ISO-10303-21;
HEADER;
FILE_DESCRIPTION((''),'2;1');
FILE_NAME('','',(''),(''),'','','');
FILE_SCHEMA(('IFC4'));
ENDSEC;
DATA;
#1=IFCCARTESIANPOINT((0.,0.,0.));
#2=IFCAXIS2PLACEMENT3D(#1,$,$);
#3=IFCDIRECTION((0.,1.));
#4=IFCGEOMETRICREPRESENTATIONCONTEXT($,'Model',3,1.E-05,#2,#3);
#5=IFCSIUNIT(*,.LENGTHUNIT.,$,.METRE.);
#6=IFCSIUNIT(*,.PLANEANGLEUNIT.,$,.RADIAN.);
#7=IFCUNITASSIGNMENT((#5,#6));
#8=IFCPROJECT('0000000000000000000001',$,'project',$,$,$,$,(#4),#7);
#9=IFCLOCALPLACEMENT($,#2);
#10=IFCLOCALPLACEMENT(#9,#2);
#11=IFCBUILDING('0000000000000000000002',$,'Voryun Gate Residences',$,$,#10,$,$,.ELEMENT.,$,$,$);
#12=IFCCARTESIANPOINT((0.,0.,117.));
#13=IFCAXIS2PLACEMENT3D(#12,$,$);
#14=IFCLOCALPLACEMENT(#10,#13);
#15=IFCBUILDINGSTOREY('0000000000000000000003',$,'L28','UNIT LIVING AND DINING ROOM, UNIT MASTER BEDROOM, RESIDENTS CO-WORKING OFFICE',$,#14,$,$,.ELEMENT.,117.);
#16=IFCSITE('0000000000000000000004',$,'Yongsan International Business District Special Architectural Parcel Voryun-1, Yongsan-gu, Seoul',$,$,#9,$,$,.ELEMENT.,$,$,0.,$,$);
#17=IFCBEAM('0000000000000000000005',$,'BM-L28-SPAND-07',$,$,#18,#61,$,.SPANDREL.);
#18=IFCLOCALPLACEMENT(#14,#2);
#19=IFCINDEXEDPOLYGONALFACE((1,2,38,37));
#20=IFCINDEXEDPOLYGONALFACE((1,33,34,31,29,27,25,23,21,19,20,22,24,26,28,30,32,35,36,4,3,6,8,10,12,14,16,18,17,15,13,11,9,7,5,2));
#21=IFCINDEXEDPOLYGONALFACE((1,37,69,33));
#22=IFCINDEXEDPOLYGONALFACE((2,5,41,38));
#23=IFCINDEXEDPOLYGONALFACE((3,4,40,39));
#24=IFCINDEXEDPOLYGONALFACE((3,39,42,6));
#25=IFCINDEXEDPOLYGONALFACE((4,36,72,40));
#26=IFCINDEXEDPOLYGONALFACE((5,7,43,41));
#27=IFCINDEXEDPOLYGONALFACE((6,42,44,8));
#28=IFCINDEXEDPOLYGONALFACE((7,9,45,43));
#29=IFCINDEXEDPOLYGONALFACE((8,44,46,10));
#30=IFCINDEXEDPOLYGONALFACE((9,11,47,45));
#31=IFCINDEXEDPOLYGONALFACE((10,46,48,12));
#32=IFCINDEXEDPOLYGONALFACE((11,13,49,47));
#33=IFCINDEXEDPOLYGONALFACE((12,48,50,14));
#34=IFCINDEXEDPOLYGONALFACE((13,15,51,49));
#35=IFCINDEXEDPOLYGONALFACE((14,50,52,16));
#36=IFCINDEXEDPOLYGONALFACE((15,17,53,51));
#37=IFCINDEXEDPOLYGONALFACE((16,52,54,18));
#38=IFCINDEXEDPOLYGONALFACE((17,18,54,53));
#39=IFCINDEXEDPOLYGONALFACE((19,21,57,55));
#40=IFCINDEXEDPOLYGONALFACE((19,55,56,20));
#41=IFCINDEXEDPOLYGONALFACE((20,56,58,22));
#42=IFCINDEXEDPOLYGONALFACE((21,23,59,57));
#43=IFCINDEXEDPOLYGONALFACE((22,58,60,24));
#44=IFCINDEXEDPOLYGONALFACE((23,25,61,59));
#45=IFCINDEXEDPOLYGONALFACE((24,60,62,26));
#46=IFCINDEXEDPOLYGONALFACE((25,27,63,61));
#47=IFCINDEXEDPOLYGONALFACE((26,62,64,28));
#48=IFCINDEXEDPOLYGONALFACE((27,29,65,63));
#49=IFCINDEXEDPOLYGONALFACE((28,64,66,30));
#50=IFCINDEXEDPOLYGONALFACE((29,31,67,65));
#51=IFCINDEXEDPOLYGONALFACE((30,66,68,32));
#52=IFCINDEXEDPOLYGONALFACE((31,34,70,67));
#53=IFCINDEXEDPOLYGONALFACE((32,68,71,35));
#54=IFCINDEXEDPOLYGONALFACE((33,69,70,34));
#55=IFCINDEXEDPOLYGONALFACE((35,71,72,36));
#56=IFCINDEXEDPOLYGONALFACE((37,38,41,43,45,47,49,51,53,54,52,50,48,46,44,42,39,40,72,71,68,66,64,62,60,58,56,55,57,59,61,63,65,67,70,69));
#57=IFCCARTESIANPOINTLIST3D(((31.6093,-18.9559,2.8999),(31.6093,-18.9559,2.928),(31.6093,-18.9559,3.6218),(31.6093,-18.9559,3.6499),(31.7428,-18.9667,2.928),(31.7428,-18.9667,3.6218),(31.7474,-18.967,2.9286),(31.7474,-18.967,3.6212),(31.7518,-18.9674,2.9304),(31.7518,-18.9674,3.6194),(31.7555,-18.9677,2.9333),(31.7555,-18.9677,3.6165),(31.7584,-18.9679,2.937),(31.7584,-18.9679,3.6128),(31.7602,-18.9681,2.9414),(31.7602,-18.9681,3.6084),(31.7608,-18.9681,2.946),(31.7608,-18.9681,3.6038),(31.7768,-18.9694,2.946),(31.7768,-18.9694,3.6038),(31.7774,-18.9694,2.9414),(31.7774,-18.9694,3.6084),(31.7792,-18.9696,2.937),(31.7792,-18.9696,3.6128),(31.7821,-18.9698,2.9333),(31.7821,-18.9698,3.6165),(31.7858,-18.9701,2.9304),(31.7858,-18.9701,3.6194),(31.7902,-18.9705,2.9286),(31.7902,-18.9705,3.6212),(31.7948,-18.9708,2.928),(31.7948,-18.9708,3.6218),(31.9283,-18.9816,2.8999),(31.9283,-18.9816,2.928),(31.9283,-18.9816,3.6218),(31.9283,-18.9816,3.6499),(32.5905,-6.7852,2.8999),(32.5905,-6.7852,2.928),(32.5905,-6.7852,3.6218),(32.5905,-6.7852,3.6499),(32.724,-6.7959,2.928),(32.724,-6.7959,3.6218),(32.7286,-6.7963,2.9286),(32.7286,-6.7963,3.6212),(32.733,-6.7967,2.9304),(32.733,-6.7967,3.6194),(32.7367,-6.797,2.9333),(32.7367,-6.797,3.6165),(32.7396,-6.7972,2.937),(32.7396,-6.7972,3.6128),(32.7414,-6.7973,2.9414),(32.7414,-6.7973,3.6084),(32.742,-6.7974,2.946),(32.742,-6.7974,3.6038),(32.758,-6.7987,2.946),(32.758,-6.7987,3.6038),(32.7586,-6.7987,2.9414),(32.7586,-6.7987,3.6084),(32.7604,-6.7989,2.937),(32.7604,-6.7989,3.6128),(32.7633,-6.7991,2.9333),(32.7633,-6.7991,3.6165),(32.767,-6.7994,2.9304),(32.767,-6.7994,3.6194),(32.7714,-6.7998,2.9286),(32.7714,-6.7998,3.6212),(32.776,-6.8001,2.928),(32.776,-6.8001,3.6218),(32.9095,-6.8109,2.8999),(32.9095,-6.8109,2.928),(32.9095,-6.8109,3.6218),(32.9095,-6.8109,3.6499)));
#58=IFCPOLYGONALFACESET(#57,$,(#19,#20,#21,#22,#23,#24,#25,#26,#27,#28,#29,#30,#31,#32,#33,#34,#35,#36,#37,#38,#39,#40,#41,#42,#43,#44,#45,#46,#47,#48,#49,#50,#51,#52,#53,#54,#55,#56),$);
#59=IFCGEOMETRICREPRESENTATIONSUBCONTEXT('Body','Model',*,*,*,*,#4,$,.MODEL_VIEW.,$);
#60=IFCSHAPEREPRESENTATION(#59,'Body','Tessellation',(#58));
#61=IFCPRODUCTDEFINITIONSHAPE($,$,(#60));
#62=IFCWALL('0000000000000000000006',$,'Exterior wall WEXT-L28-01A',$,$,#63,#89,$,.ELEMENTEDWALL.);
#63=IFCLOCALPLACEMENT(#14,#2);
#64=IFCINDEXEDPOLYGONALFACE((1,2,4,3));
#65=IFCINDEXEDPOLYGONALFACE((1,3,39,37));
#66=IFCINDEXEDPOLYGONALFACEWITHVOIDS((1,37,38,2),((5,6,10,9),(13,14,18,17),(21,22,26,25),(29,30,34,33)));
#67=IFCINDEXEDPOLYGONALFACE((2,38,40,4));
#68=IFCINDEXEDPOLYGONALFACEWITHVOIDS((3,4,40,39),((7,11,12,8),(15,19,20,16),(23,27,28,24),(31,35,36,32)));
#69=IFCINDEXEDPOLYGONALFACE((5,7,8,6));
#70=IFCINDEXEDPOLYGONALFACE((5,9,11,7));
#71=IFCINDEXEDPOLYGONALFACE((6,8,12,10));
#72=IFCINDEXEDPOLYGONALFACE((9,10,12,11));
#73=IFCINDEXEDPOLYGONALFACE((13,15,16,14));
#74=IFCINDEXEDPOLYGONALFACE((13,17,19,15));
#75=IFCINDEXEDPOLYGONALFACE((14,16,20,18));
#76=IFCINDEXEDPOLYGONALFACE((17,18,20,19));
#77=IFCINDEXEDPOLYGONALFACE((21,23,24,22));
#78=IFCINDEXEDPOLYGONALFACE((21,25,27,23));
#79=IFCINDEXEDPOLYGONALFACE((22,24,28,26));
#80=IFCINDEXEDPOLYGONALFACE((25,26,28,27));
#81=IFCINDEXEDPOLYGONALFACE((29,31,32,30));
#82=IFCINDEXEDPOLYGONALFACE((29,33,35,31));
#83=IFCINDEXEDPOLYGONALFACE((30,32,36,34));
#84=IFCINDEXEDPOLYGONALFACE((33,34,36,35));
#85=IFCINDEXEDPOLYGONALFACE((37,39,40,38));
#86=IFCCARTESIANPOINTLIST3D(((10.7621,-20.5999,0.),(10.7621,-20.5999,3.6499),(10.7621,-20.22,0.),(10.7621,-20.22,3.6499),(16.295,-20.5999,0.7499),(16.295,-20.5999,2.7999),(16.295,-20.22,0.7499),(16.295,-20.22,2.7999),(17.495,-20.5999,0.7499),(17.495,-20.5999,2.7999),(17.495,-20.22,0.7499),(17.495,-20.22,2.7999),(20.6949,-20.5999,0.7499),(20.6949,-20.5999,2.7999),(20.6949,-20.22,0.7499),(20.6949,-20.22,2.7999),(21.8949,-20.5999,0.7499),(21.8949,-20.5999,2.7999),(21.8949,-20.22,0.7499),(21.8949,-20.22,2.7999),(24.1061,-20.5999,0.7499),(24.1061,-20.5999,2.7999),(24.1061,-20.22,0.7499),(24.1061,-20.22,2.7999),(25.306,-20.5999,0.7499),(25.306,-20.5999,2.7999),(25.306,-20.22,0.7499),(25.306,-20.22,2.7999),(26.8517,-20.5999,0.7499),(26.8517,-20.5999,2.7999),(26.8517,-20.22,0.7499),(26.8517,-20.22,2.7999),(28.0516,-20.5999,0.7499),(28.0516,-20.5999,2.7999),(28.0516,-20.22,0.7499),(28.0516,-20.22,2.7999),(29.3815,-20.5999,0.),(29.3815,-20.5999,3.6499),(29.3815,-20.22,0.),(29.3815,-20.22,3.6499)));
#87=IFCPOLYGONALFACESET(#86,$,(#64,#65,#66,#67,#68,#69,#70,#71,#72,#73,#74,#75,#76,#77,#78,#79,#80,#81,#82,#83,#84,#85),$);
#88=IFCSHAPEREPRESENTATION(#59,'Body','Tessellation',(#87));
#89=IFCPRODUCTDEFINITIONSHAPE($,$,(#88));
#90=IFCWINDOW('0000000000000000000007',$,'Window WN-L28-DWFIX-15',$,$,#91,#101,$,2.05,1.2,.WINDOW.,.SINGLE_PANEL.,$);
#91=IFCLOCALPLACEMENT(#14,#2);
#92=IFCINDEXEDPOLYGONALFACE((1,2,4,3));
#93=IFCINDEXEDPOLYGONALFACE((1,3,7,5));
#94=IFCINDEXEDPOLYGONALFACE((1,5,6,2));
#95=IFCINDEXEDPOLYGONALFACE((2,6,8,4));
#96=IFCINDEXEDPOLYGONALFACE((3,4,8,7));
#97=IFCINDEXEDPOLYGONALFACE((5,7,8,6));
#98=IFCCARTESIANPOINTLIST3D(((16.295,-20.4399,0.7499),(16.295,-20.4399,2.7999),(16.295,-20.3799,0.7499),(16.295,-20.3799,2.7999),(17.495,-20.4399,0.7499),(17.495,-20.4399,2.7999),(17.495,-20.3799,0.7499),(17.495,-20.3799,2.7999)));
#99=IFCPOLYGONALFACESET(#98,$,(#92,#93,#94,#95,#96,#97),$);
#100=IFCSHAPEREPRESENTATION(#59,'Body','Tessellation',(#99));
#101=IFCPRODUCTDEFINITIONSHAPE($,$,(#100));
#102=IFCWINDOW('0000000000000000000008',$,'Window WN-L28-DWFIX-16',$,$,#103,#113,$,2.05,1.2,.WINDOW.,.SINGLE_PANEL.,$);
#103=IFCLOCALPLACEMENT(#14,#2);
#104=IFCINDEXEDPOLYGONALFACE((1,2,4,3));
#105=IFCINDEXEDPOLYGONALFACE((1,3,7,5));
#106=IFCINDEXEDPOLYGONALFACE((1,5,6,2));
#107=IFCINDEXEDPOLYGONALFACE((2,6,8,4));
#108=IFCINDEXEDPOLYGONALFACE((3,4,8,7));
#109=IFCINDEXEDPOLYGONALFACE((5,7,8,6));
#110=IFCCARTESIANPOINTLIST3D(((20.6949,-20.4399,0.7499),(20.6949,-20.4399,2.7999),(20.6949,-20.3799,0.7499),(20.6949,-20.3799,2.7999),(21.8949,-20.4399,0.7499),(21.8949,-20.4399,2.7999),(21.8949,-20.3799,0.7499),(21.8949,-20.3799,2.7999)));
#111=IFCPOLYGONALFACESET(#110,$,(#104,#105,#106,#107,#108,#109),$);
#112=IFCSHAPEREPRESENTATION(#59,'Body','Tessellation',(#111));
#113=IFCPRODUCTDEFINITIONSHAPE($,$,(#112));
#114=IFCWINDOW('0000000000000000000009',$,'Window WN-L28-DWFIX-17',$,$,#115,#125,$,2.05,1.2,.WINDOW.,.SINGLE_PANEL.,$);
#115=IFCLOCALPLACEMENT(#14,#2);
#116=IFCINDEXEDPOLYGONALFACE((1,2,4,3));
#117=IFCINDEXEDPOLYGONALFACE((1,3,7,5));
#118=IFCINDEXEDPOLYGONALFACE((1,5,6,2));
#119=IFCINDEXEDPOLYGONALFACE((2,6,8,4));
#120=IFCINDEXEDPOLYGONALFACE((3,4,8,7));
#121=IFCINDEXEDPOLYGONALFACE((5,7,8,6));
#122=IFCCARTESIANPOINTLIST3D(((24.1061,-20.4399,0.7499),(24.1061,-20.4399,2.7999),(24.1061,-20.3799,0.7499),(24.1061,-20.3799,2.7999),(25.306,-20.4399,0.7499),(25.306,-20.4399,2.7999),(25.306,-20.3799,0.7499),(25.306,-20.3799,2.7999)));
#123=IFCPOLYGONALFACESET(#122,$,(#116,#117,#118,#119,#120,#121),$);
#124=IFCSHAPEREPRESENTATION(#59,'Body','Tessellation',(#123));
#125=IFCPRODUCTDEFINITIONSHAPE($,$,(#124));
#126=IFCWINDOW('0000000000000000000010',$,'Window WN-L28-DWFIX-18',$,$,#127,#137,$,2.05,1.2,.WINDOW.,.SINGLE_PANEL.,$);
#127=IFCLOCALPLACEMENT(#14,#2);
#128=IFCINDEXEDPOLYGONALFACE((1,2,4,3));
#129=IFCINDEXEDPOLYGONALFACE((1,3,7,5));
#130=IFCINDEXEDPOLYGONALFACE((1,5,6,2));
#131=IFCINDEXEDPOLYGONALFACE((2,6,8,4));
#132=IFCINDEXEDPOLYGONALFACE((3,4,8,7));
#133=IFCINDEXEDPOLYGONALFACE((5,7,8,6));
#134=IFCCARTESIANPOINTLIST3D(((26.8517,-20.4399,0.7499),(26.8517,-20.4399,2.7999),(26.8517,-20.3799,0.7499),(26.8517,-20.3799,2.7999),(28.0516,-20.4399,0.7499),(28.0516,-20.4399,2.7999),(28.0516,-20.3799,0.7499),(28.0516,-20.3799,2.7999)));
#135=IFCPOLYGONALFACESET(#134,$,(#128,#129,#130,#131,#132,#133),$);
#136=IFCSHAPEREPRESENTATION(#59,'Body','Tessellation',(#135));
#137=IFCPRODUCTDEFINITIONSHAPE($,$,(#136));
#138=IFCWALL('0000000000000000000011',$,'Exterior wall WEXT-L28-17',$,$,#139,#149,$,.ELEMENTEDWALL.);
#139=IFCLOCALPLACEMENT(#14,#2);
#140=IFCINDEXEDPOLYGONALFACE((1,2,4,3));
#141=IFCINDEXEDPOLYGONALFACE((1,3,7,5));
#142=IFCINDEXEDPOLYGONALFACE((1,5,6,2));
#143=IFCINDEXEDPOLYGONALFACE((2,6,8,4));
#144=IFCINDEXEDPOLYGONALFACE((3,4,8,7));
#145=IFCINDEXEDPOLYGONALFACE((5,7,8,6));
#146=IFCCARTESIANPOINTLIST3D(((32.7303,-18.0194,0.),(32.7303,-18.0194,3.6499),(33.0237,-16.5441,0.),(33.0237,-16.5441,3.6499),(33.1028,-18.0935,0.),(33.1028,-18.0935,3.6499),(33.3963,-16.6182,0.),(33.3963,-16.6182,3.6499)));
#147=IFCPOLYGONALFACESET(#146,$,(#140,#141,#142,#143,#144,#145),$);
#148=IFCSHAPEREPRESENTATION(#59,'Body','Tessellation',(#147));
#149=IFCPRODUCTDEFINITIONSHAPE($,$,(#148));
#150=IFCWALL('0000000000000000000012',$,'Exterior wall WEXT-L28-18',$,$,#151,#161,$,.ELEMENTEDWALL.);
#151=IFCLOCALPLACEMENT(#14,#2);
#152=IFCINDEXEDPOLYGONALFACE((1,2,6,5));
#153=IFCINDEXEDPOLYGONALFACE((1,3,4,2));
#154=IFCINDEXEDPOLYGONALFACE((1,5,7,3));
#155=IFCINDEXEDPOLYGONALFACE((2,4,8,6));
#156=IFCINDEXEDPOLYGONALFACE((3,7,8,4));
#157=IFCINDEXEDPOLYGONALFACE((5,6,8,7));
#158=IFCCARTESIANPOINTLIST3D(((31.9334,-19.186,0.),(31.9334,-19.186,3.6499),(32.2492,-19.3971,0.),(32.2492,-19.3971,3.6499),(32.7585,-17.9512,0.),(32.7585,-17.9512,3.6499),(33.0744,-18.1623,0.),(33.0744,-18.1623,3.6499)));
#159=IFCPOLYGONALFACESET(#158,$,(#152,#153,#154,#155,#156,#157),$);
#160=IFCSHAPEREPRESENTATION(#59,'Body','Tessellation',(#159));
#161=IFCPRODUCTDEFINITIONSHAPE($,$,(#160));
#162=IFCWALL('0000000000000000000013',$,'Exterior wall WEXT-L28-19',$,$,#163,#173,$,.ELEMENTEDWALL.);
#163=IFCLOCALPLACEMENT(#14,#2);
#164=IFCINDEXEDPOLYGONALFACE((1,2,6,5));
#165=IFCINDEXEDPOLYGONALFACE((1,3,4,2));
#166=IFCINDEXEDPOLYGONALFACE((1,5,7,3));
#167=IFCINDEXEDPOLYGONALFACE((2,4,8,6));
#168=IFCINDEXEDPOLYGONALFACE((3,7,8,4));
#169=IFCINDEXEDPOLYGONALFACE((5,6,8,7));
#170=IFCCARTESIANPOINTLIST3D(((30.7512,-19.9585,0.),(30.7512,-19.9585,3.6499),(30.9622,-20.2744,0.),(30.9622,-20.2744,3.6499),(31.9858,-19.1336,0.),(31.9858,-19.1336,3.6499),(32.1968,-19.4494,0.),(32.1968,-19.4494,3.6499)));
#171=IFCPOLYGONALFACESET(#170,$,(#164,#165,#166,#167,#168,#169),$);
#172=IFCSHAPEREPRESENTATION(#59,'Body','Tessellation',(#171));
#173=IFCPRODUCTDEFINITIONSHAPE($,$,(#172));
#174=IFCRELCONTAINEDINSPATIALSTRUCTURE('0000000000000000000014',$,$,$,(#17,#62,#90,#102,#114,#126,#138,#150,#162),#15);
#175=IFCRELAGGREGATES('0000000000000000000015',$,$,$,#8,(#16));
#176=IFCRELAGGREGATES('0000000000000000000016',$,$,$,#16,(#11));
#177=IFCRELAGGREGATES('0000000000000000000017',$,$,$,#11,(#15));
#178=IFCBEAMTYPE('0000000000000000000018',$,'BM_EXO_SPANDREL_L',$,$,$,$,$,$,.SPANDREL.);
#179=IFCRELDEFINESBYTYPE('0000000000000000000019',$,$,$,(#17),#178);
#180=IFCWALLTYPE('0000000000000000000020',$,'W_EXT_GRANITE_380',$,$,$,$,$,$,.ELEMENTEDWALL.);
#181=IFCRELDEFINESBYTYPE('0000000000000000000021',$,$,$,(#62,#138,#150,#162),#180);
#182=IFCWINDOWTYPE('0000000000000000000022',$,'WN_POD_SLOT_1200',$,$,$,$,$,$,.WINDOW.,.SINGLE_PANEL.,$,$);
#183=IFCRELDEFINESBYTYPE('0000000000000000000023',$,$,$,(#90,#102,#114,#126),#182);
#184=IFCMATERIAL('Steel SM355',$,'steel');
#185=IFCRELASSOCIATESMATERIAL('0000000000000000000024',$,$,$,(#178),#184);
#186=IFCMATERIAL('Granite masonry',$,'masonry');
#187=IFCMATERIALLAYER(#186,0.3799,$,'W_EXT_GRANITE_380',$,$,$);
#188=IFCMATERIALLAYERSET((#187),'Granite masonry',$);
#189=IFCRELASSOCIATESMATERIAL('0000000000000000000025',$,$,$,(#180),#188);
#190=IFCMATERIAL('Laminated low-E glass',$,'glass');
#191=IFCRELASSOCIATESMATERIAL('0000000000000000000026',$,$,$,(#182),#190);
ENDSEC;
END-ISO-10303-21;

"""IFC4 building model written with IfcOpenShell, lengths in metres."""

from ifc_helpers import new_model, si_unit, direction, frame, frame_2d, origin, origin_2d, place, context, subcontext, project, spatial, rectangle, i_section, extrude, material, layer, layer_set, material_profile, profile_set, type_object, element, fill, save


model = new_model("IFC4")

# Units and contexts
model_context = context("Model", 3, precision=1e-05, world=origin(), true_north=direction((0.0, 1.0)))
body_context = subcontext(model_context, "Body", "Model", "MODEL_VIEW")
ifc_project = project(units=[si_unit("LENGTHUNIT", "METRE"), si_unit("PLANEANGLEUNIT", "RADIAN")], contexts=[model_context])

# Site, building, storey
site_placement = place(None, origin())
site = spatial("IfcSite", under=ifc_project, at=site_placement, Name="Yongsan International Business District Special Architectural Parcel Voryun-1, Yongsan-gu, Seoul", CompositionType="ELEMENT", RefElevation=0.0)
building_placement = place(site_placement, origin())
building = spatial("IfcBuilding", under=site, at=building_placement, Name="Voryun Gate Residences", CompositionType="ELEMENT")
storey_placement = place(building_placement, frame((0.0, 0.0, 117.0)))
storey = spatial("IfcBuildingStorey", under=building, at=storey_placement, Name="L28", Description="UNIT LIVING AND DINING ROOM, UNIT MASTER BEDROOM, RESIDENTS CO-WORKING OFFICE", CompositionType="ELEMENT", Elevation=117.0)

# Beam
ifc_material_1 = material(Name="Steel SM355", Category="steel")
ifc_material_profile_1 = material_profile(ifc_material_1, i_section(OverallWidth=0.3201, OverallDepth=0.75, WebThickness=0.0161, FlangeThickness=0.0281, FilletRadius=0.0181, at=origin_2d()), Name="H-750x320x16x28")
ifc_profile_set_1 = profile_set([ifc_material_profile_1], Name="Steel SM355")
beam_type = type_object("IfcBeamType", Name="BM_EXO_SPANDREL_L", PredefinedType="SPANDREL", material=ifc_profile_set_1)
beam_1_placement = place(storey_placement, frame((31.7688, -18.9688, 3.2749), z_axis=(0.08036, 0.996766, 0.0), x_axis=(-0.996766, 0.08036, 0.0)))
element("IfcBeam", 1, at=beam_1_placement, inside=storey, type_object=beam_type, Name="BM-L28-SPAND-07", PredefinedType="SPANDREL", context=body_context, shape_type="SweptSolid", body=[
    extrude(i_section(OverallWidth=0.3201, OverallDepth=0.75, WebThickness=0.0161, FlangeThickness=0.0281, FilletRadius=0.0181, at=origin_2d()), origin(), (0.0, 0.0, 1.0), 12.2102),
])

# Wall, openings, windows
ifc_material_2 = material(Name="Granite masonry", Category="masonry")
ifc_layer_1 = layer(ifc_material_2, 0.3799, Name="W_EXT_GRANITE_380")
ifc_layer_set_1 = layer_set([ifc_layer_1], Name="Granite masonry")
wall_type_1 = type_object("IfcWallType", Name="W_EXT_GRANITE_380", PredefinedType="ELEMENTEDWALL", material=ifc_layer_set_1)
wall_1_placement = place(storey_placement, frame((29.3813, -20.4099, 0.0), z_axis=(0.0, 0.0, 1.0), x_axis=(-1.0, 0.0, 0.0)))
wall_1 = element("IfcWall", 2, at=wall_1_placement, inside=storey, type_object=wall_type_1, Name="Exterior wall WEXT-L28-01A", PredefinedType="ELEMENTEDWALL", context=body_context, shape_type="SweptSolid", body=[
    extrude(rectangle(XDim=18.6194, YDim=0.3799, at=frame_2d((9.3096, 0.0))), origin(), (0.0, 0.0, 1.0), 3.6499),
])
opening_1_placement = place(wall_1_placement, frame((11.8862, 0.0, 0.75)))
opening_1 = element("IfcOpeningElement", 3, at=opening_1_placement, cuts=wall_1, PredefinedType="OPENING", context=body_context, shape_type="SweptSolid", body=[
    extrude(rectangle(XDim=1.2, YDim=2.05, at=frame_2d((0.6001, 1.0249))), frame((0.0, 0.2, 0.0), z_axis=(0.0, -1.0, 0.0), x_axis=(1.0, 0.0, 0.0)), (0.0, 0.0, 1.0), 0.3999),
])
opening_2_placement = place(wall_1_placement, frame((7.4863, 0.0, 0.75)))
opening_2 = element("IfcOpeningElement", 4, at=opening_2_placement, cuts=wall_1, PredefinedType="OPENING", context=body_context, shape_type="SweptSolid", body=[
    extrude(rectangle(XDim=1.2, YDim=2.05, at=frame_2d((0.6001, 1.0249))), frame((0.0, 0.2, 0.0), z_axis=(0.0, -1.0, 0.0), x_axis=(1.0, 0.0, 0.0)), (0.0, 0.0, 1.0), 0.3999),
])
opening_3_placement = place(wall_1_placement, frame((4.0752, 0.0, 0.75)))
opening_3 = element("IfcOpeningElement", 5, at=opening_3_placement, cuts=wall_1, PredefinedType="OPENING", context=body_context, shape_type="SweptSolid", body=[
    extrude(rectangle(XDim=1.2, YDim=2.05, at=frame_2d((0.6001, 1.0249))), frame((0.0, 0.2, 0.0), z_axis=(0.0, -1.0, 0.0), x_axis=(1.0, 0.0, 0.0)), (0.0, 0.0, 1.0), 0.3999),
])
opening_4_placement = place(wall_1_placement, frame((1.3296, 0.0, 0.75)))
opening_4 = element("IfcOpeningElement", 6, at=opening_4_placement, cuts=wall_1, PredefinedType="OPENING", context=body_context, shape_type="SweptSolid", body=[
    extrude(rectangle(XDim=1.2, YDim=2.05, at=frame_2d((0.6001, 1.0249))), frame((0.0, 0.2, 0.0), z_axis=(0.0, -1.0, 0.0), x_axis=(1.0, 0.0, 0.0)), (0.0, 0.0, 1.0), 0.3999),
])
ifc_material_3 = material(Name="Laminated low-E glass", Category="glass")
window_type = type_object("IfcWindowType", Name="WN_POD_SLOT_1200", PartitioningType="SINGLE_PANEL", PredefinedType="WINDOW", material=ifc_material_3)
window_1_placement = place(opening_1_placement, origin())
window_1 = element("IfcWindow", 7, at=window_1_placement, inside=storey, type_object=window_type, Name="Window WN-L28-DWFIX-15", OverallHeight=2.05, OverallWidth=1.2, PartitioningType="SINGLE_PANEL", PredefinedType="WINDOW", context=body_context, shape_type="SweptSolid", body=[
    extrude(rectangle(XDim=1.2, YDim=2.05, at=frame_2d((0.6001, 1.0249))), frame((0.0, 0.03, 0.0), z_axis=(0.0, -1.0, 0.0), x_axis=(1.0, 0.0, 0.0)), (0.0, 0.0, 1.0), 0.0601),
])
fill(opening_1, window_1)
window_2_placement = place(opening_2_placement, origin())
window_2 = element("IfcWindow", 8, at=window_2_placement, inside=storey, type_object=window_type, Name="Window WN-L28-DWFIX-16", OverallHeight=2.05, OverallWidth=1.2, PartitioningType="SINGLE_PANEL", PredefinedType="WINDOW", context=body_context, shape_type="SweptSolid", body=[
    extrude(rectangle(XDim=1.2, YDim=2.05, at=frame_2d((0.6001, 1.0249))), frame((0.0, 0.03, 0.0), z_axis=(0.0, -1.0, 0.0), x_axis=(1.0, 0.0, 0.0)), (0.0, 0.0, 1.0), 0.0601),
])
fill(opening_2, window_2)
window_3_placement = place(opening_3_placement, origin())
window_3 = element("IfcWindow", 9, at=window_3_placement, inside=storey, type_object=window_type, Name="Window WN-L28-DWFIX-17", OverallHeight=2.05, OverallWidth=1.2, PartitioningType="SINGLE_PANEL", PredefinedType="WINDOW", context=body_context, shape_type="SweptSolid", body=[
    extrude(rectangle(XDim=1.2, YDim=2.05, at=frame_2d((0.6001, 1.0249))), frame((0.0, 0.03, 0.0), z_axis=(0.0, -1.0, 0.0), x_axis=(1.0, 0.0, 0.0)), (0.0, 0.0, 1.0), 0.0601),
])
fill(opening_3, window_3)
window_4_placement = place(opening_4_placement, origin())
window_4 = element("IfcWindow", 10, at=window_4_placement, inside=storey, type_object=window_type, Name="Window WN-L28-DWFIX-18", OverallHeight=2.05, OverallWidth=1.2, PartitioningType="SINGLE_PANEL", PredefinedType="WINDOW", context=body_context, shape_type="SweptSolid", body=[
    extrude(rectangle(XDim=1.2, YDim=2.05, at=frame_2d((0.6001, 1.0249))), frame((0.0, 0.03, 0.0), z_axis=(0.0, -1.0, 0.0), x_axis=(1.0, 0.0, 0.0)), (0.0, 0.0, 1.0), 0.0601),
])
fill(opening_4, window_4)

# Walls
wall_2_placement = place(storey_placement, frame((33.21, -16.5813, 0.0), z_axis=(0.0, 0.0, 1.0), x_axis=(-0.195086, -0.980786, 0.0)))
element("IfcWall", 11, at=wall_2_placement, inside=storey, type_object=wall_type_1, Name="Exterior wall WEXT-L28-17", PredefinedType="ELEMENTEDWALL", context=body_context, shape_type="SweptSolid", body=[
    extrude(rectangle(XDim=1.5042, YDim=0.3799, at=frame_2d((0.752, 0.0))), origin(), (0.0, 0.0, 1.0), 3.6499),
])
wall_3_placement = place(storey_placement, frame((32.9165, -18.0566, 0.0), z_axis=(0.0, 0.0, 1.0), x_axis=(-0.55561, -0.831443, 0.0)))
element("IfcWall", 12, at=wall_3_placement, inside=storey, type_object=wall_type_1, Name="Exterior wall WEXT-L28-18", PredefinedType="ELEMENTEDWALL", context=body_context, shape_type="SweptSolid", body=[
    extrude(rectangle(XDim=1.4851, YDim=0.3799, at=frame_2d((0.7427, 0.0))), origin(), (0.0, 0.0, 1.0), 3.6499),
])
wall_4_placement = place(storey_placement, frame((32.0913, -19.2915, 0.0), z_axis=(0.0, 0.0, 1.0), x_axis=(-0.831468, -0.555573, 0.0)))
element("IfcWall", 13, at=wall_4_placement, inside=storey, type_object=wall_type_1, Name="Exterior wall WEXT-L28-19", PredefinedType="ELEMENTEDWALL", context=body_context, shape_type="SweptSolid", body=[
    extrude(rectangle(XDim=1.4849, YDim=0.3799, at=frame_2d((0.7424, 0.0))), origin(), (0.0, 0.0, 1.0), 3.6499),
])

save(model, "model.ifc")
